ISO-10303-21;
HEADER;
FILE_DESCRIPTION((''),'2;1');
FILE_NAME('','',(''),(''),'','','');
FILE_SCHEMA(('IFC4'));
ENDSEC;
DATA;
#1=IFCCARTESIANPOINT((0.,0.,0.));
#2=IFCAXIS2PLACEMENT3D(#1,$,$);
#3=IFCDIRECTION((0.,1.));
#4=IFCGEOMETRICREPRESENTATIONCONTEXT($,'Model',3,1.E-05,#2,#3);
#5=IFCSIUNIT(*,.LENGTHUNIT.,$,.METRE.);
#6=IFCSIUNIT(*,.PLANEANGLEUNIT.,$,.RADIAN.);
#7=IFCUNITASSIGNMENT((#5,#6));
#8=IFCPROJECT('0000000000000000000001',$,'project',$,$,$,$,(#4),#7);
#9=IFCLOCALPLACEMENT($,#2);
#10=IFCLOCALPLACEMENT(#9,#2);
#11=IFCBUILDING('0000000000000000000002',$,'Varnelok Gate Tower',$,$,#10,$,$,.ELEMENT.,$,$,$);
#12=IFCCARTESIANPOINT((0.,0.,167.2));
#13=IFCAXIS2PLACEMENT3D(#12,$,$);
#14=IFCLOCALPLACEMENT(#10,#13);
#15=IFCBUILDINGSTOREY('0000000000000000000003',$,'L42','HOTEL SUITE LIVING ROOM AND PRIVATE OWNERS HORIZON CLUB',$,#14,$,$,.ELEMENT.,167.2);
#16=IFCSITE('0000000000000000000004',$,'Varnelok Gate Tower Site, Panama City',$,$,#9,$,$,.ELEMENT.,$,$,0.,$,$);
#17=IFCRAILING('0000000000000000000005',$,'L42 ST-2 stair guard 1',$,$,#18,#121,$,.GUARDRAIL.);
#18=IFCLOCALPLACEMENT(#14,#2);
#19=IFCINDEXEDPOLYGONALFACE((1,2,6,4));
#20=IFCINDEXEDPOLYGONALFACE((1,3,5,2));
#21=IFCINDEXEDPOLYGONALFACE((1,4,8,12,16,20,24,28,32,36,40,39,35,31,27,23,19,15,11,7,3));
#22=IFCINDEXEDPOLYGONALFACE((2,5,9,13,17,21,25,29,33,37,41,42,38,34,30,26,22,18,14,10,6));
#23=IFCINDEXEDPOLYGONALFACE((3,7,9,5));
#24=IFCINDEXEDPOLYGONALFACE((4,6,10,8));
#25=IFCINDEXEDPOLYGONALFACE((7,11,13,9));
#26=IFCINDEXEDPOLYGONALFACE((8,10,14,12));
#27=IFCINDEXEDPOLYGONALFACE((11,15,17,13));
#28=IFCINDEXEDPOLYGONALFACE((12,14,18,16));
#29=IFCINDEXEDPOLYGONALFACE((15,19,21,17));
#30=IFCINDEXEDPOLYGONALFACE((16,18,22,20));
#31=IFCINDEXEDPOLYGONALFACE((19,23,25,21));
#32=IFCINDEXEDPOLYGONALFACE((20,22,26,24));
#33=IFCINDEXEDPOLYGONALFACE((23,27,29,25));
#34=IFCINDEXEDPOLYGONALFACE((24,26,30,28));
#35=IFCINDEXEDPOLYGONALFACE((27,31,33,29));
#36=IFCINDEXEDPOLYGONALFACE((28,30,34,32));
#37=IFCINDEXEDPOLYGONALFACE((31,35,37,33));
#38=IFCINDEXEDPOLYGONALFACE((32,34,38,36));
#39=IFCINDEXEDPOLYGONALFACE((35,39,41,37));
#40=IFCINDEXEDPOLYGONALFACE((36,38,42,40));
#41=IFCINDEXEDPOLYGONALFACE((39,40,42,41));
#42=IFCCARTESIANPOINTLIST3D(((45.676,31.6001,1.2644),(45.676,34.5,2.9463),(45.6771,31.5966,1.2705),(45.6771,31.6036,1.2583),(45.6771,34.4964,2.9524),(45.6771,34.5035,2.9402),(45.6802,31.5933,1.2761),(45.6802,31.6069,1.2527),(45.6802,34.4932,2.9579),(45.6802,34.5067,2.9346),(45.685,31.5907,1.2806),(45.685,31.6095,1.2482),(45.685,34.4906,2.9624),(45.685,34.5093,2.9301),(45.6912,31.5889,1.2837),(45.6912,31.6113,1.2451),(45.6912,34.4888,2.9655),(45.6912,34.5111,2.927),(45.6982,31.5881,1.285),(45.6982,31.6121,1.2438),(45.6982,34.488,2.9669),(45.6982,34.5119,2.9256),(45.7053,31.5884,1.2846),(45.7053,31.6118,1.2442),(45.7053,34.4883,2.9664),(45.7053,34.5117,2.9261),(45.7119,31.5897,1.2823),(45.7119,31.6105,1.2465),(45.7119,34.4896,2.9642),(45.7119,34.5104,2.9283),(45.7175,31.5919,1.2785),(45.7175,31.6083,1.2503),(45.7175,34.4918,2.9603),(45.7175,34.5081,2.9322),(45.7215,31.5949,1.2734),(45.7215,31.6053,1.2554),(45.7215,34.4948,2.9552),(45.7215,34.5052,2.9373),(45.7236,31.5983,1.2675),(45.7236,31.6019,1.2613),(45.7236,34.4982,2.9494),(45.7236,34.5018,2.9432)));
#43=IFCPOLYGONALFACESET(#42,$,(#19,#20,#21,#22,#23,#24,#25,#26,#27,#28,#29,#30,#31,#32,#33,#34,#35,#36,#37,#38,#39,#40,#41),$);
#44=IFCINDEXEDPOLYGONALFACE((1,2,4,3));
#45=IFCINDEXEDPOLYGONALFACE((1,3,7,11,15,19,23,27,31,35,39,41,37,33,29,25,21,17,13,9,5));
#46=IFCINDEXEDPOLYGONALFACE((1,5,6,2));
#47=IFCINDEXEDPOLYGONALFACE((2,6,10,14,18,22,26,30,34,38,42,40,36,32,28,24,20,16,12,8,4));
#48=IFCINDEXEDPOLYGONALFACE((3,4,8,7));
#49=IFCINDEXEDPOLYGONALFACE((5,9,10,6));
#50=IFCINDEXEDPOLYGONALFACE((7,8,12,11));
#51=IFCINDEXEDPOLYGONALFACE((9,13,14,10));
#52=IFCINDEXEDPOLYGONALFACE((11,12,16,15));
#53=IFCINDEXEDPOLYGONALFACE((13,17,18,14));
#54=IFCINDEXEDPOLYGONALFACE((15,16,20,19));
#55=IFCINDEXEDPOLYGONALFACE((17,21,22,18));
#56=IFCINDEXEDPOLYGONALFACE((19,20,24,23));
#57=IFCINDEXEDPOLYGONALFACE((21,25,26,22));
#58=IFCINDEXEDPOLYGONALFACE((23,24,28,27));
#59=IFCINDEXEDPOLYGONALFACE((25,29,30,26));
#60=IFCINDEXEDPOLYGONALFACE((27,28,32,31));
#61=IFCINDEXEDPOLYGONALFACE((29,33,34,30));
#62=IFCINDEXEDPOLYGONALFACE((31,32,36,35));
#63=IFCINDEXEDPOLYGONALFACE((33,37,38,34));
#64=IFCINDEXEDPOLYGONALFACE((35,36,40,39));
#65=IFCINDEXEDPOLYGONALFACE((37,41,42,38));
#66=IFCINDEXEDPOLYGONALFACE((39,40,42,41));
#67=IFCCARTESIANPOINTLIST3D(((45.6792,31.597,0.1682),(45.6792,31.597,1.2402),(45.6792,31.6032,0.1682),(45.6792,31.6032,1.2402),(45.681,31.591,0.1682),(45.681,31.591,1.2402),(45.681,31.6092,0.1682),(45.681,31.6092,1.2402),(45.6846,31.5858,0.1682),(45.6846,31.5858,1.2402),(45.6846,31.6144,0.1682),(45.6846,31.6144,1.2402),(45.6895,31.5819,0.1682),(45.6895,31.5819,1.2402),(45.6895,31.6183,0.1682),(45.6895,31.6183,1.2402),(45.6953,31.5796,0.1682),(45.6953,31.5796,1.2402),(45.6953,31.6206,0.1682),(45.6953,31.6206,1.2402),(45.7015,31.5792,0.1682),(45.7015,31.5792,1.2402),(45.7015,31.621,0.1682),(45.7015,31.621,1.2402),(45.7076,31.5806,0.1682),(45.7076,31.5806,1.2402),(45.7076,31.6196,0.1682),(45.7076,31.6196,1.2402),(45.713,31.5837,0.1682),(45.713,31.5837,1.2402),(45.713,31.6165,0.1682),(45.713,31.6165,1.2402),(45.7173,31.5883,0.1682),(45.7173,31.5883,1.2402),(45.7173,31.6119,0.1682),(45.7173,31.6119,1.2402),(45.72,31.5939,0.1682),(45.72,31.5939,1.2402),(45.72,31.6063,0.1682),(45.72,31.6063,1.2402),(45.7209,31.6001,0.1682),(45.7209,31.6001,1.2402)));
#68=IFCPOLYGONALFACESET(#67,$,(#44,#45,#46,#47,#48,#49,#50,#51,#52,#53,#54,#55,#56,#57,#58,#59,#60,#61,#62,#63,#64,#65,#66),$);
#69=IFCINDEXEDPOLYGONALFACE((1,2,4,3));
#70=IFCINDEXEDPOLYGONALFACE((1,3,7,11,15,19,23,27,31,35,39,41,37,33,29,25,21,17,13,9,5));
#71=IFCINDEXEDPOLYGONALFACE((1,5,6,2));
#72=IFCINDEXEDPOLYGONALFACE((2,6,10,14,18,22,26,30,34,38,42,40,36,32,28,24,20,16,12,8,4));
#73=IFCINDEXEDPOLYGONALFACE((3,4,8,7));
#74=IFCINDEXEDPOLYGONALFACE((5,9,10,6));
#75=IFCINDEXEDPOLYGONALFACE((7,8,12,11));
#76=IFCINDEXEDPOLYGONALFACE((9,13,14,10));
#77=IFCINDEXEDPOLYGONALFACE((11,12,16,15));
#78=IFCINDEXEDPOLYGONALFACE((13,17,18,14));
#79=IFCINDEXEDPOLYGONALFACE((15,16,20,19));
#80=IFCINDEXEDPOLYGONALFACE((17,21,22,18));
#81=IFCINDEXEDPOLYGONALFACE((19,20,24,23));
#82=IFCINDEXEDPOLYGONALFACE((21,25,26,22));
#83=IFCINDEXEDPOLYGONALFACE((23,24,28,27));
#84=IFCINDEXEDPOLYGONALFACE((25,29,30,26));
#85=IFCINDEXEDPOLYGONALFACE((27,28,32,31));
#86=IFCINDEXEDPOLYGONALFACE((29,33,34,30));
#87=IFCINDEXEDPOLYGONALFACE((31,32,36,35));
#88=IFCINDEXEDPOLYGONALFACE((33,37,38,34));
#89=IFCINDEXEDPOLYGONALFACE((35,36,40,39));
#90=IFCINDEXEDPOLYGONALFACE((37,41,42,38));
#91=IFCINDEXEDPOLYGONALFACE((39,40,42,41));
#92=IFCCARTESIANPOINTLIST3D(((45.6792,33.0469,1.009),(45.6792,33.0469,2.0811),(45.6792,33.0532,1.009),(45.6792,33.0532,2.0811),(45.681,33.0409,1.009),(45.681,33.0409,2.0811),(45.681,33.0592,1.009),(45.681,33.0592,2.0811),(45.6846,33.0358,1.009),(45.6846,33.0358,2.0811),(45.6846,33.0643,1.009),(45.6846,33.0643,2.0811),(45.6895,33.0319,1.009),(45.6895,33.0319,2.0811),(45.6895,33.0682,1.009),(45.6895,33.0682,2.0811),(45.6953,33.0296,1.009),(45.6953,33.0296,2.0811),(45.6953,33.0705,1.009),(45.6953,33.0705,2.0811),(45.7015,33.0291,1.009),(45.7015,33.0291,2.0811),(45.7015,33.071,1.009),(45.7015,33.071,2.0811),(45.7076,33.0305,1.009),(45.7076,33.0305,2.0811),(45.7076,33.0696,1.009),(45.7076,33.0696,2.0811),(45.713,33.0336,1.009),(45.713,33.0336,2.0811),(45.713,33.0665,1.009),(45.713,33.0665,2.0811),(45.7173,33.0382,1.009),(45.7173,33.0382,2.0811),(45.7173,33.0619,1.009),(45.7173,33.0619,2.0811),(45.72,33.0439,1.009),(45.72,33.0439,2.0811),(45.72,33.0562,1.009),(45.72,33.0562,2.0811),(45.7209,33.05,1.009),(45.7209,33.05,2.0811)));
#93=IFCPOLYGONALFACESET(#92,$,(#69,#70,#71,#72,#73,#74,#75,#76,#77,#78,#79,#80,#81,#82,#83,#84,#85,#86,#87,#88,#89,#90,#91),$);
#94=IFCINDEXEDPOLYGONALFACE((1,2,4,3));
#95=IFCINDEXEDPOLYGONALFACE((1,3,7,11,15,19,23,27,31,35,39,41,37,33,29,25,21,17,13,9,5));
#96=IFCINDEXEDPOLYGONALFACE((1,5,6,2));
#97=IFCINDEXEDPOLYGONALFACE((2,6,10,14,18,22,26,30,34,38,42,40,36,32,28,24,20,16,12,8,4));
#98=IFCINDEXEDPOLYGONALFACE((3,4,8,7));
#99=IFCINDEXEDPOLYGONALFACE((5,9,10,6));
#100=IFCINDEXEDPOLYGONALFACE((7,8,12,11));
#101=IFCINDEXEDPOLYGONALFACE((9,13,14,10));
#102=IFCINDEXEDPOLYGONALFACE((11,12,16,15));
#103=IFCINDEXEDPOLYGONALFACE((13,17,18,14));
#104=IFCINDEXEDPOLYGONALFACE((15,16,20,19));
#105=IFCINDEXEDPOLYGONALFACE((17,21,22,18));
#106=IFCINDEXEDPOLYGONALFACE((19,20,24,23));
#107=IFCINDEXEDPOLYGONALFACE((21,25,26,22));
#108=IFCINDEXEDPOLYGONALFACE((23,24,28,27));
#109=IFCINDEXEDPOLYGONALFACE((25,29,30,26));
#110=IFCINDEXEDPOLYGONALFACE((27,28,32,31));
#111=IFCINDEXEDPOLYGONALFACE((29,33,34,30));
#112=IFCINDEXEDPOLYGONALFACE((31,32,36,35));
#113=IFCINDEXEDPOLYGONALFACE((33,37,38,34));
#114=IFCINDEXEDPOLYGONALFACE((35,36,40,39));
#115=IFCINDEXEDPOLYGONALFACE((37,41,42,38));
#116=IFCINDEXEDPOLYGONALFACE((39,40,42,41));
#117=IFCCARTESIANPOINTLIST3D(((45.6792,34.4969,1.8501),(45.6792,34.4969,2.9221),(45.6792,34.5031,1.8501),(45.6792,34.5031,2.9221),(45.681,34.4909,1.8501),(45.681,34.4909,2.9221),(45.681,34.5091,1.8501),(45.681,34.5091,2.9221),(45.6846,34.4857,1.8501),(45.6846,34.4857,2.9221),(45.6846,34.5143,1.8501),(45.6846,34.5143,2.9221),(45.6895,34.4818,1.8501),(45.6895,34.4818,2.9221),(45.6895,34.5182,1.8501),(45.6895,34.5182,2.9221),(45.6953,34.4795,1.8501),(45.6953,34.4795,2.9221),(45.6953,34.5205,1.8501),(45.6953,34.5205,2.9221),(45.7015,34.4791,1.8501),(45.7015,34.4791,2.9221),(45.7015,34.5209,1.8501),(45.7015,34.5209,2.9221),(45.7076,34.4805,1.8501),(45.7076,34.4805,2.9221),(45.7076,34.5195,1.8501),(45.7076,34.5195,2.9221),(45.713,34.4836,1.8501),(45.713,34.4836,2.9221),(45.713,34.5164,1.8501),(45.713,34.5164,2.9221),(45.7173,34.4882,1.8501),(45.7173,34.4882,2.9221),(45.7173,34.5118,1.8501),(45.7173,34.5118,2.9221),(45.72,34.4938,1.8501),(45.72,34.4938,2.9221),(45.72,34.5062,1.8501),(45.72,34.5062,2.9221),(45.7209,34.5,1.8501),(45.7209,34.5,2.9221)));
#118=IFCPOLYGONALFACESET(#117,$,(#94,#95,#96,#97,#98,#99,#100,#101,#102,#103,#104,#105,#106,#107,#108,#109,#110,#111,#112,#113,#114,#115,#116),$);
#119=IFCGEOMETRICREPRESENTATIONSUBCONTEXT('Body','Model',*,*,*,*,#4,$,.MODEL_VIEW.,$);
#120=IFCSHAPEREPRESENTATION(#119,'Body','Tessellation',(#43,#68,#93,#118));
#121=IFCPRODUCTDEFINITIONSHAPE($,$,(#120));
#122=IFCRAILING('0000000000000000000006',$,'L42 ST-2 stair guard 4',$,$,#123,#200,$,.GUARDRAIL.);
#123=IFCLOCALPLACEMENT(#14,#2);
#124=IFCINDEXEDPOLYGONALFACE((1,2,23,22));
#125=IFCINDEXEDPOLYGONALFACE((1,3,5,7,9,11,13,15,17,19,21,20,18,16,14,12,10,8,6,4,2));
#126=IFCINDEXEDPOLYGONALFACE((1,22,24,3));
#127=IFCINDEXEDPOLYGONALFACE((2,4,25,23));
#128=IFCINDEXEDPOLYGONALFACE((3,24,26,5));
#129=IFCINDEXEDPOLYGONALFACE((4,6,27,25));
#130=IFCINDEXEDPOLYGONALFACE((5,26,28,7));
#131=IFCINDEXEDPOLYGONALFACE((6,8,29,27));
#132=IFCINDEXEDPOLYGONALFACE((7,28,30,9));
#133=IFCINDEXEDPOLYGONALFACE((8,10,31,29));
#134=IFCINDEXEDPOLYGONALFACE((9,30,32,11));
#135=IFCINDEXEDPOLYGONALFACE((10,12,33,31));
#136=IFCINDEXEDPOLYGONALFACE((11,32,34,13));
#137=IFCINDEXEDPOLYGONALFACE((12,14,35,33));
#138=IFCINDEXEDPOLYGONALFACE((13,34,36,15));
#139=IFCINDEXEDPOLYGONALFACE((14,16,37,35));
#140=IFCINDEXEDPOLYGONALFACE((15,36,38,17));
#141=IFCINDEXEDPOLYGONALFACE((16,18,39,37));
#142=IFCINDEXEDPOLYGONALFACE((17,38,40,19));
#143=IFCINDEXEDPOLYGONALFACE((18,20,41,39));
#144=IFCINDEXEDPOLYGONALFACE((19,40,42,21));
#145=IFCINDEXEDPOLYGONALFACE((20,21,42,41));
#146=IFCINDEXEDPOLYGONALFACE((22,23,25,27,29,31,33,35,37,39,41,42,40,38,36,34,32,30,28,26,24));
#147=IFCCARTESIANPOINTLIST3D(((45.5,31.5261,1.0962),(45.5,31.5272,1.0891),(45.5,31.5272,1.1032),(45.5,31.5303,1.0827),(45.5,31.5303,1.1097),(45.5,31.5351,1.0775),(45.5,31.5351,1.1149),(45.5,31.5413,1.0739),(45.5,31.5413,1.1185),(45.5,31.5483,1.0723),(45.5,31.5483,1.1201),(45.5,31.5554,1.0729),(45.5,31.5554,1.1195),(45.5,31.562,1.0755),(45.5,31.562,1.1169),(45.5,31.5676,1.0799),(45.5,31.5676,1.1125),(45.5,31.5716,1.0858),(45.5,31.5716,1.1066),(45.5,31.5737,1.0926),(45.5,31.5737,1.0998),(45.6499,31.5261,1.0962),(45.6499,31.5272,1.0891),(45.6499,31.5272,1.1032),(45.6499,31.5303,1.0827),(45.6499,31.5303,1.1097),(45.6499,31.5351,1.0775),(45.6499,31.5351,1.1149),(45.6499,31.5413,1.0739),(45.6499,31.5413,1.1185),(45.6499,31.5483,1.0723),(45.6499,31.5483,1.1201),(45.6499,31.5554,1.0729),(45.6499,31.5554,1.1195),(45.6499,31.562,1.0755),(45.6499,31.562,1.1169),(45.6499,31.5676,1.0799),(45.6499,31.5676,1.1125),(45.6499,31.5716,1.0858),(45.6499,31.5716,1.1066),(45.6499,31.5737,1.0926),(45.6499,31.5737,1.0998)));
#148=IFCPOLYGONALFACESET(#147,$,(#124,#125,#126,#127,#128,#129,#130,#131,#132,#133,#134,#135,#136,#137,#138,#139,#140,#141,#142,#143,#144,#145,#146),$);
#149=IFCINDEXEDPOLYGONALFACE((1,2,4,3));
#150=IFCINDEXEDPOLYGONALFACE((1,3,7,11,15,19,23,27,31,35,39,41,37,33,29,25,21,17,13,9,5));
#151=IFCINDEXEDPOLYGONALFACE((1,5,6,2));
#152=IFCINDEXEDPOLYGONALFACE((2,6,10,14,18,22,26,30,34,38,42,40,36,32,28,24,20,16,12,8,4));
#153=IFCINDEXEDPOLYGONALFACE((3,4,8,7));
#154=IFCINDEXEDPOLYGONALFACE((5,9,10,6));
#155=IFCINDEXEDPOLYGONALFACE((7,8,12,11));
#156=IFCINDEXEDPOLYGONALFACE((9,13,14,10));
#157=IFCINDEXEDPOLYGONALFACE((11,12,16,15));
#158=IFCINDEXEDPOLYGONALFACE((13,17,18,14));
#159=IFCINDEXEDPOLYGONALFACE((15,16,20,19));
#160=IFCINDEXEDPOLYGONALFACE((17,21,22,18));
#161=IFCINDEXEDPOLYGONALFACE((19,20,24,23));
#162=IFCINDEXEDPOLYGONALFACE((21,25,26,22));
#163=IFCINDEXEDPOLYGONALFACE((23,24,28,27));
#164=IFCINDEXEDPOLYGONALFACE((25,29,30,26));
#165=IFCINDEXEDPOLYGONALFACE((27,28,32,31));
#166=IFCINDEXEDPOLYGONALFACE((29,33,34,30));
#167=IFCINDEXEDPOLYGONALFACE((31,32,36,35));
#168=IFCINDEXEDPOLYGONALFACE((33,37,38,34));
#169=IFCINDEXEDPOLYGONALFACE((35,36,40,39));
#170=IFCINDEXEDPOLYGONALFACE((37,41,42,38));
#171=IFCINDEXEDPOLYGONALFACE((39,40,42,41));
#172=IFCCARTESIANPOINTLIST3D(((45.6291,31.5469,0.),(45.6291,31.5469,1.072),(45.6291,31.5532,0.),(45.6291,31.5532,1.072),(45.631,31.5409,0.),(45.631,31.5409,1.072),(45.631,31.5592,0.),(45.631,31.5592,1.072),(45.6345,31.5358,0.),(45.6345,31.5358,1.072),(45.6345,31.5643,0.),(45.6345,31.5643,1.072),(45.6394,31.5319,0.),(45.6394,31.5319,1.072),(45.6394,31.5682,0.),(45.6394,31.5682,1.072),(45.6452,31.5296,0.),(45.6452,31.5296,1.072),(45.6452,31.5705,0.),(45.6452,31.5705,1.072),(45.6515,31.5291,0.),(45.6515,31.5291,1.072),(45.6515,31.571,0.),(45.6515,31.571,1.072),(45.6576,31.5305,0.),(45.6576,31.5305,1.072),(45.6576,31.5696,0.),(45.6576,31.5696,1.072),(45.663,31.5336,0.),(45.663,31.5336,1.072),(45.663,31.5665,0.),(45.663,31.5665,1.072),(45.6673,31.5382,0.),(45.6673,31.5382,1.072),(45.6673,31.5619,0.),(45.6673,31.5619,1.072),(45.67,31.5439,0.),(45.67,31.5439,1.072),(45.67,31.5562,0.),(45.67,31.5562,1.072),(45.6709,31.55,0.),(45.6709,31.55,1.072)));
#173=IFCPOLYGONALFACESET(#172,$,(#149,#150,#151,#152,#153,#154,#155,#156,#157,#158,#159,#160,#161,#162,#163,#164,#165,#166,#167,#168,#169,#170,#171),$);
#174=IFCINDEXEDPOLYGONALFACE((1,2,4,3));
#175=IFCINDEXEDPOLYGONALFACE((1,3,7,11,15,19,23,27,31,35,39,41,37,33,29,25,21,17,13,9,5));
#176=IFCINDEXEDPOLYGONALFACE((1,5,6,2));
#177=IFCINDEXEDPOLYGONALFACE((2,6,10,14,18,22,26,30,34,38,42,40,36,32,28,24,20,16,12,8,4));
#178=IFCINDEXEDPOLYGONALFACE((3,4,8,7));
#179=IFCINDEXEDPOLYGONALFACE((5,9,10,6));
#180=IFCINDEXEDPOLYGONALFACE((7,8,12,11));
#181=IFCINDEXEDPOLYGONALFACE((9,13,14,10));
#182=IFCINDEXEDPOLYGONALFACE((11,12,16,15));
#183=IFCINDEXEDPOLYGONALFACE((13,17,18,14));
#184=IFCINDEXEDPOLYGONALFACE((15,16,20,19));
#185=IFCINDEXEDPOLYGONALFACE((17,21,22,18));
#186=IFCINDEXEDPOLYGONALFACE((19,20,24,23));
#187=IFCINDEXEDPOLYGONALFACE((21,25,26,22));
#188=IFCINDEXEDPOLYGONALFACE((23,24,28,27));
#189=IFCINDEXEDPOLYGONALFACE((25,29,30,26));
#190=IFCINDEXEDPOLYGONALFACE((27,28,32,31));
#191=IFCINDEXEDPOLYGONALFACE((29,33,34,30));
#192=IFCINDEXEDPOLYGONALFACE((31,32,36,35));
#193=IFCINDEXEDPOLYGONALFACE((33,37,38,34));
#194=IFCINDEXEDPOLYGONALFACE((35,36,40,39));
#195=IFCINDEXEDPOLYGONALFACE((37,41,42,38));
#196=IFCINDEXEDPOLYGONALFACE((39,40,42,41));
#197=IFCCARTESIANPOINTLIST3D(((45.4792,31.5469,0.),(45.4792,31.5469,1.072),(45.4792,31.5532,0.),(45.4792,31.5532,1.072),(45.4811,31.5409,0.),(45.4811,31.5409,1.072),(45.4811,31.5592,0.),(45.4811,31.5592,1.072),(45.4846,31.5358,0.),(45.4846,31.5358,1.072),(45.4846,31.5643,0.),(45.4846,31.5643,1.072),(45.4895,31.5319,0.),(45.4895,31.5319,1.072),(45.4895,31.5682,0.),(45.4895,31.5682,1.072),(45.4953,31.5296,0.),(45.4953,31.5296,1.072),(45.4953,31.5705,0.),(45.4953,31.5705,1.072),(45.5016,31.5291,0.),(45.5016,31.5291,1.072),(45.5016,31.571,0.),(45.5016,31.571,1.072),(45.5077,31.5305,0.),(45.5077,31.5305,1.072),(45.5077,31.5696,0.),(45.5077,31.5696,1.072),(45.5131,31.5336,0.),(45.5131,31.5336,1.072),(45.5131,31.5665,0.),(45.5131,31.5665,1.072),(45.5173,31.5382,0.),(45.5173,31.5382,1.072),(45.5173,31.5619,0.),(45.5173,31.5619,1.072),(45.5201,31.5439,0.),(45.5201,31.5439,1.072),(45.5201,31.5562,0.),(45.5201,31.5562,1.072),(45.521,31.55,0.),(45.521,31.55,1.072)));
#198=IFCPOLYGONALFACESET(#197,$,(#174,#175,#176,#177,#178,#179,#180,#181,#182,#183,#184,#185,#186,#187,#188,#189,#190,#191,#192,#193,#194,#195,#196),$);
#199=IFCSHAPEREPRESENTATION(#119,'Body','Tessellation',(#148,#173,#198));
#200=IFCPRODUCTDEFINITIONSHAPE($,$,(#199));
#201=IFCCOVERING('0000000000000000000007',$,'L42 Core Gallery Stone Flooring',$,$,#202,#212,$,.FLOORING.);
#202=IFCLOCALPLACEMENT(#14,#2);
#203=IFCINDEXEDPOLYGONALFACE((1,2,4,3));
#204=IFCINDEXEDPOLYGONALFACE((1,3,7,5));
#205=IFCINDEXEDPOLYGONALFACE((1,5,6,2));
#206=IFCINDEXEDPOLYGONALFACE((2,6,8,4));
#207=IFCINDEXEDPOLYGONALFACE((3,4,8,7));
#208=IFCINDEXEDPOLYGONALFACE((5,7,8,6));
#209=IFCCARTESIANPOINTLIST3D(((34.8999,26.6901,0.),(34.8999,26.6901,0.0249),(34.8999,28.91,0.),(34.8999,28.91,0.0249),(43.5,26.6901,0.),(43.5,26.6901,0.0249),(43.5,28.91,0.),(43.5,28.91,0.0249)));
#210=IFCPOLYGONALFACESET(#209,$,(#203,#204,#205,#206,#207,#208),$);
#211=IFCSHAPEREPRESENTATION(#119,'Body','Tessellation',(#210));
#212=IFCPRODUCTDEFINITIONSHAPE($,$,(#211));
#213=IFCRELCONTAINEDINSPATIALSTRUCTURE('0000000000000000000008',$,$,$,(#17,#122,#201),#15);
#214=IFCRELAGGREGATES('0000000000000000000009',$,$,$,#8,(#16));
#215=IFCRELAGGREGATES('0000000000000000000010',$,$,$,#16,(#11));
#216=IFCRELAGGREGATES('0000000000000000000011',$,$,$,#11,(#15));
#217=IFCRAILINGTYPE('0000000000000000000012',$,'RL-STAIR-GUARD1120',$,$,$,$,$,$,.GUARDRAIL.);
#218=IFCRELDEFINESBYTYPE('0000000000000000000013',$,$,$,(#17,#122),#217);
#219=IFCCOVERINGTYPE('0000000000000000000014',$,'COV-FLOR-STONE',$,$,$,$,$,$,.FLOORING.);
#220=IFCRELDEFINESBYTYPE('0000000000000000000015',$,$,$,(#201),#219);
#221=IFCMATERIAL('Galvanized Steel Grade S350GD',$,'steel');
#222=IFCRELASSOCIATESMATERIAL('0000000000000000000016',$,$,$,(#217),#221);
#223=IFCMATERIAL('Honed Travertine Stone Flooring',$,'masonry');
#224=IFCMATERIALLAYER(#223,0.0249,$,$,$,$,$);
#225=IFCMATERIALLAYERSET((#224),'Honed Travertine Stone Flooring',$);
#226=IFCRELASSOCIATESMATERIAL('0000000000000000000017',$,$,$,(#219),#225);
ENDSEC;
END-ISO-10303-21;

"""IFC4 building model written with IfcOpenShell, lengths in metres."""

from ifc_helpers import new_model, si_unit, direction, frame, origin, origin_2d, place, context, subcontext, project, spatial, rectangle, circle, extrude, source, transform, mapped, material, layer, layer_set, type_object, element, save


model = new_model("IFC4")

# Units and contexts
model_context = context("Model", 3, precision=1e-05, world=origin(), true_north=direction((0.0, 1.0)))
body_context = subcontext(model_context, "Body", "Model", "MODEL_VIEW")
ifc_project = project(units=[si_unit("LENGTHUNIT", "METRE"), si_unit("PLANEANGLEUNIT", "RADIAN")], contexts=[model_context])

# Site, building, storey
site_placement = place(None, origin())
site = spatial("IfcSite", under=ifc_project, at=site_placement, Name="Varnelok Gate Tower Site, Panama City", CompositionType="ELEMENT", RefElevation=0.0)
building_placement = place(site_placement, origin())
building = spatial("IfcBuilding", under=site, at=building_placement, Name="Varnelok Gate Tower", CompositionType="ELEMENT")
storey_placement = place(building_placement, frame((0.0, 0.0, 167.2)))
storey = spatial("IfcBuildingStorey", under=building, at=storey_placement, Name="L42", Description="HOTEL SUITE LIVING ROOM AND PRIVATE OWNERS HORIZON CLUB", CompositionType="ELEMENT", Elevation=167.2)

# Shared definitions
ifc_material_1 = material(Name="Galvanized Steel Grade S350GD", Category="steel")

# Railings
railing_type_1 = type_object("IfcRailingType", Name="RL-STAIR-GUARD1120", PredefinedType="GUARDRAIL", material=ifc_material_1)
railing_1_placement = place(storey_placement, frame((45.7, 31.6001, 0.1682)))
element("IfcRailing", 1, at=railing_1_placement, inside=storey, type_object=railing_type_1, Name="L42 ST-2 stair guard 1", PredefinedType="GUARDRAIL", context=body_context, shape_type="SweptSolid", body=[
    extrude(circle(Radius=0.0239, at=origin_2d()), frame((0.0, 0.0, 1.0962), z_axis=(0.0, 0.865039, 0.501705), x_axis=(-1.0, 0.0, 0.0)), (0.0, 0.0, 1.0), 3.3523),
    extrude(circle(Radius=0.021, at=origin_2d()), origin(), (0.0, 0.0, 1.0), 1.072),
    extrude(circle(Radius=0.021, at=origin_2d()), frame((0.0, 1.45, 0.8408)), (0.0, 0.0, 1.0), 1.072),
    extrude(circle(Radius=0.021, at=origin_2d()), frame((0.0, 2.8999, 1.6819)), (0.0, 0.0, 1.0), 1.072),
])
railing_2_placement = place(storey_placement, frame((45.6499, 31.55, 0.0)))
element("IfcRailing", 2, at=railing_2_placement, inside=storey, type_object=railing_type_1, Name="L42 ST-2 stair guard 4", PredefinedType="GUARDRAIL", context=body_context, shape_type="SweptSolid", body=[
    extrude(circle(Radius=0.0239, at=origin_2d()), frame((0.0, 0.0, 1.0962), z_axis=(-1.0, 0.0, 0.0), x_axis=(0.0, -1.0, 0.0)), (0.0, 0.0, 1.0), 0.1499),
    extrude(circle(Radius=0.021, at=origin_2d()), origin(), (0.0, 0.0, 1.0), 1.072),
    extrude(circle(Radius=0.021, at=origin_2d()), frame((-0.1499, 0.0, 0.0)), (0.0, 0.0, 1.0), 1.072),
])

# Covering
ifc_material_2 = material(Name="Honed Travertine Stone Flooring", Category="masonry")
ifc_layer_1 = layer(ifc_material_2, 0.0249)
ifc_layer_set_1 = layer_set([ifc_layer_1], Name="Honed Travertine Stone Flooring")
covering_type_1 = type_object("IfcCoveringType", Name="COV-FLOR-STONE", PredefinedType="FLOORING", material=ifc_layer_set_1)
shared_shape_1 = source(origin(), body_context, "Body", "SweptSolid", [
    extrude(rectangle(XDim=8.6001, YDim=2.22, at=origin_2d()), origin(), (0.0, 0.0, 1.0), 0.0249),
])
covering_1_placement = place(storey_placement, frame((39.2, 27.8, 0.0), z_axis=(0.0, 0.0, 1.0), x_axis=(1.0, 0.0, 0.0)))
element("IfcCovering", 3, at=covering_1_placement, inside=storey, type_object=covering_type_1, Name="L42 Core Gallery Stone Flooring", PredefinedType="FLOORING", context=body_context, shape_type="MappedRepresentation", body=[
    mapped(shared_shape_1, transform((0.0, 0.0, 0.0), scale=1.0)),
])

save(model, "model.ifc")
